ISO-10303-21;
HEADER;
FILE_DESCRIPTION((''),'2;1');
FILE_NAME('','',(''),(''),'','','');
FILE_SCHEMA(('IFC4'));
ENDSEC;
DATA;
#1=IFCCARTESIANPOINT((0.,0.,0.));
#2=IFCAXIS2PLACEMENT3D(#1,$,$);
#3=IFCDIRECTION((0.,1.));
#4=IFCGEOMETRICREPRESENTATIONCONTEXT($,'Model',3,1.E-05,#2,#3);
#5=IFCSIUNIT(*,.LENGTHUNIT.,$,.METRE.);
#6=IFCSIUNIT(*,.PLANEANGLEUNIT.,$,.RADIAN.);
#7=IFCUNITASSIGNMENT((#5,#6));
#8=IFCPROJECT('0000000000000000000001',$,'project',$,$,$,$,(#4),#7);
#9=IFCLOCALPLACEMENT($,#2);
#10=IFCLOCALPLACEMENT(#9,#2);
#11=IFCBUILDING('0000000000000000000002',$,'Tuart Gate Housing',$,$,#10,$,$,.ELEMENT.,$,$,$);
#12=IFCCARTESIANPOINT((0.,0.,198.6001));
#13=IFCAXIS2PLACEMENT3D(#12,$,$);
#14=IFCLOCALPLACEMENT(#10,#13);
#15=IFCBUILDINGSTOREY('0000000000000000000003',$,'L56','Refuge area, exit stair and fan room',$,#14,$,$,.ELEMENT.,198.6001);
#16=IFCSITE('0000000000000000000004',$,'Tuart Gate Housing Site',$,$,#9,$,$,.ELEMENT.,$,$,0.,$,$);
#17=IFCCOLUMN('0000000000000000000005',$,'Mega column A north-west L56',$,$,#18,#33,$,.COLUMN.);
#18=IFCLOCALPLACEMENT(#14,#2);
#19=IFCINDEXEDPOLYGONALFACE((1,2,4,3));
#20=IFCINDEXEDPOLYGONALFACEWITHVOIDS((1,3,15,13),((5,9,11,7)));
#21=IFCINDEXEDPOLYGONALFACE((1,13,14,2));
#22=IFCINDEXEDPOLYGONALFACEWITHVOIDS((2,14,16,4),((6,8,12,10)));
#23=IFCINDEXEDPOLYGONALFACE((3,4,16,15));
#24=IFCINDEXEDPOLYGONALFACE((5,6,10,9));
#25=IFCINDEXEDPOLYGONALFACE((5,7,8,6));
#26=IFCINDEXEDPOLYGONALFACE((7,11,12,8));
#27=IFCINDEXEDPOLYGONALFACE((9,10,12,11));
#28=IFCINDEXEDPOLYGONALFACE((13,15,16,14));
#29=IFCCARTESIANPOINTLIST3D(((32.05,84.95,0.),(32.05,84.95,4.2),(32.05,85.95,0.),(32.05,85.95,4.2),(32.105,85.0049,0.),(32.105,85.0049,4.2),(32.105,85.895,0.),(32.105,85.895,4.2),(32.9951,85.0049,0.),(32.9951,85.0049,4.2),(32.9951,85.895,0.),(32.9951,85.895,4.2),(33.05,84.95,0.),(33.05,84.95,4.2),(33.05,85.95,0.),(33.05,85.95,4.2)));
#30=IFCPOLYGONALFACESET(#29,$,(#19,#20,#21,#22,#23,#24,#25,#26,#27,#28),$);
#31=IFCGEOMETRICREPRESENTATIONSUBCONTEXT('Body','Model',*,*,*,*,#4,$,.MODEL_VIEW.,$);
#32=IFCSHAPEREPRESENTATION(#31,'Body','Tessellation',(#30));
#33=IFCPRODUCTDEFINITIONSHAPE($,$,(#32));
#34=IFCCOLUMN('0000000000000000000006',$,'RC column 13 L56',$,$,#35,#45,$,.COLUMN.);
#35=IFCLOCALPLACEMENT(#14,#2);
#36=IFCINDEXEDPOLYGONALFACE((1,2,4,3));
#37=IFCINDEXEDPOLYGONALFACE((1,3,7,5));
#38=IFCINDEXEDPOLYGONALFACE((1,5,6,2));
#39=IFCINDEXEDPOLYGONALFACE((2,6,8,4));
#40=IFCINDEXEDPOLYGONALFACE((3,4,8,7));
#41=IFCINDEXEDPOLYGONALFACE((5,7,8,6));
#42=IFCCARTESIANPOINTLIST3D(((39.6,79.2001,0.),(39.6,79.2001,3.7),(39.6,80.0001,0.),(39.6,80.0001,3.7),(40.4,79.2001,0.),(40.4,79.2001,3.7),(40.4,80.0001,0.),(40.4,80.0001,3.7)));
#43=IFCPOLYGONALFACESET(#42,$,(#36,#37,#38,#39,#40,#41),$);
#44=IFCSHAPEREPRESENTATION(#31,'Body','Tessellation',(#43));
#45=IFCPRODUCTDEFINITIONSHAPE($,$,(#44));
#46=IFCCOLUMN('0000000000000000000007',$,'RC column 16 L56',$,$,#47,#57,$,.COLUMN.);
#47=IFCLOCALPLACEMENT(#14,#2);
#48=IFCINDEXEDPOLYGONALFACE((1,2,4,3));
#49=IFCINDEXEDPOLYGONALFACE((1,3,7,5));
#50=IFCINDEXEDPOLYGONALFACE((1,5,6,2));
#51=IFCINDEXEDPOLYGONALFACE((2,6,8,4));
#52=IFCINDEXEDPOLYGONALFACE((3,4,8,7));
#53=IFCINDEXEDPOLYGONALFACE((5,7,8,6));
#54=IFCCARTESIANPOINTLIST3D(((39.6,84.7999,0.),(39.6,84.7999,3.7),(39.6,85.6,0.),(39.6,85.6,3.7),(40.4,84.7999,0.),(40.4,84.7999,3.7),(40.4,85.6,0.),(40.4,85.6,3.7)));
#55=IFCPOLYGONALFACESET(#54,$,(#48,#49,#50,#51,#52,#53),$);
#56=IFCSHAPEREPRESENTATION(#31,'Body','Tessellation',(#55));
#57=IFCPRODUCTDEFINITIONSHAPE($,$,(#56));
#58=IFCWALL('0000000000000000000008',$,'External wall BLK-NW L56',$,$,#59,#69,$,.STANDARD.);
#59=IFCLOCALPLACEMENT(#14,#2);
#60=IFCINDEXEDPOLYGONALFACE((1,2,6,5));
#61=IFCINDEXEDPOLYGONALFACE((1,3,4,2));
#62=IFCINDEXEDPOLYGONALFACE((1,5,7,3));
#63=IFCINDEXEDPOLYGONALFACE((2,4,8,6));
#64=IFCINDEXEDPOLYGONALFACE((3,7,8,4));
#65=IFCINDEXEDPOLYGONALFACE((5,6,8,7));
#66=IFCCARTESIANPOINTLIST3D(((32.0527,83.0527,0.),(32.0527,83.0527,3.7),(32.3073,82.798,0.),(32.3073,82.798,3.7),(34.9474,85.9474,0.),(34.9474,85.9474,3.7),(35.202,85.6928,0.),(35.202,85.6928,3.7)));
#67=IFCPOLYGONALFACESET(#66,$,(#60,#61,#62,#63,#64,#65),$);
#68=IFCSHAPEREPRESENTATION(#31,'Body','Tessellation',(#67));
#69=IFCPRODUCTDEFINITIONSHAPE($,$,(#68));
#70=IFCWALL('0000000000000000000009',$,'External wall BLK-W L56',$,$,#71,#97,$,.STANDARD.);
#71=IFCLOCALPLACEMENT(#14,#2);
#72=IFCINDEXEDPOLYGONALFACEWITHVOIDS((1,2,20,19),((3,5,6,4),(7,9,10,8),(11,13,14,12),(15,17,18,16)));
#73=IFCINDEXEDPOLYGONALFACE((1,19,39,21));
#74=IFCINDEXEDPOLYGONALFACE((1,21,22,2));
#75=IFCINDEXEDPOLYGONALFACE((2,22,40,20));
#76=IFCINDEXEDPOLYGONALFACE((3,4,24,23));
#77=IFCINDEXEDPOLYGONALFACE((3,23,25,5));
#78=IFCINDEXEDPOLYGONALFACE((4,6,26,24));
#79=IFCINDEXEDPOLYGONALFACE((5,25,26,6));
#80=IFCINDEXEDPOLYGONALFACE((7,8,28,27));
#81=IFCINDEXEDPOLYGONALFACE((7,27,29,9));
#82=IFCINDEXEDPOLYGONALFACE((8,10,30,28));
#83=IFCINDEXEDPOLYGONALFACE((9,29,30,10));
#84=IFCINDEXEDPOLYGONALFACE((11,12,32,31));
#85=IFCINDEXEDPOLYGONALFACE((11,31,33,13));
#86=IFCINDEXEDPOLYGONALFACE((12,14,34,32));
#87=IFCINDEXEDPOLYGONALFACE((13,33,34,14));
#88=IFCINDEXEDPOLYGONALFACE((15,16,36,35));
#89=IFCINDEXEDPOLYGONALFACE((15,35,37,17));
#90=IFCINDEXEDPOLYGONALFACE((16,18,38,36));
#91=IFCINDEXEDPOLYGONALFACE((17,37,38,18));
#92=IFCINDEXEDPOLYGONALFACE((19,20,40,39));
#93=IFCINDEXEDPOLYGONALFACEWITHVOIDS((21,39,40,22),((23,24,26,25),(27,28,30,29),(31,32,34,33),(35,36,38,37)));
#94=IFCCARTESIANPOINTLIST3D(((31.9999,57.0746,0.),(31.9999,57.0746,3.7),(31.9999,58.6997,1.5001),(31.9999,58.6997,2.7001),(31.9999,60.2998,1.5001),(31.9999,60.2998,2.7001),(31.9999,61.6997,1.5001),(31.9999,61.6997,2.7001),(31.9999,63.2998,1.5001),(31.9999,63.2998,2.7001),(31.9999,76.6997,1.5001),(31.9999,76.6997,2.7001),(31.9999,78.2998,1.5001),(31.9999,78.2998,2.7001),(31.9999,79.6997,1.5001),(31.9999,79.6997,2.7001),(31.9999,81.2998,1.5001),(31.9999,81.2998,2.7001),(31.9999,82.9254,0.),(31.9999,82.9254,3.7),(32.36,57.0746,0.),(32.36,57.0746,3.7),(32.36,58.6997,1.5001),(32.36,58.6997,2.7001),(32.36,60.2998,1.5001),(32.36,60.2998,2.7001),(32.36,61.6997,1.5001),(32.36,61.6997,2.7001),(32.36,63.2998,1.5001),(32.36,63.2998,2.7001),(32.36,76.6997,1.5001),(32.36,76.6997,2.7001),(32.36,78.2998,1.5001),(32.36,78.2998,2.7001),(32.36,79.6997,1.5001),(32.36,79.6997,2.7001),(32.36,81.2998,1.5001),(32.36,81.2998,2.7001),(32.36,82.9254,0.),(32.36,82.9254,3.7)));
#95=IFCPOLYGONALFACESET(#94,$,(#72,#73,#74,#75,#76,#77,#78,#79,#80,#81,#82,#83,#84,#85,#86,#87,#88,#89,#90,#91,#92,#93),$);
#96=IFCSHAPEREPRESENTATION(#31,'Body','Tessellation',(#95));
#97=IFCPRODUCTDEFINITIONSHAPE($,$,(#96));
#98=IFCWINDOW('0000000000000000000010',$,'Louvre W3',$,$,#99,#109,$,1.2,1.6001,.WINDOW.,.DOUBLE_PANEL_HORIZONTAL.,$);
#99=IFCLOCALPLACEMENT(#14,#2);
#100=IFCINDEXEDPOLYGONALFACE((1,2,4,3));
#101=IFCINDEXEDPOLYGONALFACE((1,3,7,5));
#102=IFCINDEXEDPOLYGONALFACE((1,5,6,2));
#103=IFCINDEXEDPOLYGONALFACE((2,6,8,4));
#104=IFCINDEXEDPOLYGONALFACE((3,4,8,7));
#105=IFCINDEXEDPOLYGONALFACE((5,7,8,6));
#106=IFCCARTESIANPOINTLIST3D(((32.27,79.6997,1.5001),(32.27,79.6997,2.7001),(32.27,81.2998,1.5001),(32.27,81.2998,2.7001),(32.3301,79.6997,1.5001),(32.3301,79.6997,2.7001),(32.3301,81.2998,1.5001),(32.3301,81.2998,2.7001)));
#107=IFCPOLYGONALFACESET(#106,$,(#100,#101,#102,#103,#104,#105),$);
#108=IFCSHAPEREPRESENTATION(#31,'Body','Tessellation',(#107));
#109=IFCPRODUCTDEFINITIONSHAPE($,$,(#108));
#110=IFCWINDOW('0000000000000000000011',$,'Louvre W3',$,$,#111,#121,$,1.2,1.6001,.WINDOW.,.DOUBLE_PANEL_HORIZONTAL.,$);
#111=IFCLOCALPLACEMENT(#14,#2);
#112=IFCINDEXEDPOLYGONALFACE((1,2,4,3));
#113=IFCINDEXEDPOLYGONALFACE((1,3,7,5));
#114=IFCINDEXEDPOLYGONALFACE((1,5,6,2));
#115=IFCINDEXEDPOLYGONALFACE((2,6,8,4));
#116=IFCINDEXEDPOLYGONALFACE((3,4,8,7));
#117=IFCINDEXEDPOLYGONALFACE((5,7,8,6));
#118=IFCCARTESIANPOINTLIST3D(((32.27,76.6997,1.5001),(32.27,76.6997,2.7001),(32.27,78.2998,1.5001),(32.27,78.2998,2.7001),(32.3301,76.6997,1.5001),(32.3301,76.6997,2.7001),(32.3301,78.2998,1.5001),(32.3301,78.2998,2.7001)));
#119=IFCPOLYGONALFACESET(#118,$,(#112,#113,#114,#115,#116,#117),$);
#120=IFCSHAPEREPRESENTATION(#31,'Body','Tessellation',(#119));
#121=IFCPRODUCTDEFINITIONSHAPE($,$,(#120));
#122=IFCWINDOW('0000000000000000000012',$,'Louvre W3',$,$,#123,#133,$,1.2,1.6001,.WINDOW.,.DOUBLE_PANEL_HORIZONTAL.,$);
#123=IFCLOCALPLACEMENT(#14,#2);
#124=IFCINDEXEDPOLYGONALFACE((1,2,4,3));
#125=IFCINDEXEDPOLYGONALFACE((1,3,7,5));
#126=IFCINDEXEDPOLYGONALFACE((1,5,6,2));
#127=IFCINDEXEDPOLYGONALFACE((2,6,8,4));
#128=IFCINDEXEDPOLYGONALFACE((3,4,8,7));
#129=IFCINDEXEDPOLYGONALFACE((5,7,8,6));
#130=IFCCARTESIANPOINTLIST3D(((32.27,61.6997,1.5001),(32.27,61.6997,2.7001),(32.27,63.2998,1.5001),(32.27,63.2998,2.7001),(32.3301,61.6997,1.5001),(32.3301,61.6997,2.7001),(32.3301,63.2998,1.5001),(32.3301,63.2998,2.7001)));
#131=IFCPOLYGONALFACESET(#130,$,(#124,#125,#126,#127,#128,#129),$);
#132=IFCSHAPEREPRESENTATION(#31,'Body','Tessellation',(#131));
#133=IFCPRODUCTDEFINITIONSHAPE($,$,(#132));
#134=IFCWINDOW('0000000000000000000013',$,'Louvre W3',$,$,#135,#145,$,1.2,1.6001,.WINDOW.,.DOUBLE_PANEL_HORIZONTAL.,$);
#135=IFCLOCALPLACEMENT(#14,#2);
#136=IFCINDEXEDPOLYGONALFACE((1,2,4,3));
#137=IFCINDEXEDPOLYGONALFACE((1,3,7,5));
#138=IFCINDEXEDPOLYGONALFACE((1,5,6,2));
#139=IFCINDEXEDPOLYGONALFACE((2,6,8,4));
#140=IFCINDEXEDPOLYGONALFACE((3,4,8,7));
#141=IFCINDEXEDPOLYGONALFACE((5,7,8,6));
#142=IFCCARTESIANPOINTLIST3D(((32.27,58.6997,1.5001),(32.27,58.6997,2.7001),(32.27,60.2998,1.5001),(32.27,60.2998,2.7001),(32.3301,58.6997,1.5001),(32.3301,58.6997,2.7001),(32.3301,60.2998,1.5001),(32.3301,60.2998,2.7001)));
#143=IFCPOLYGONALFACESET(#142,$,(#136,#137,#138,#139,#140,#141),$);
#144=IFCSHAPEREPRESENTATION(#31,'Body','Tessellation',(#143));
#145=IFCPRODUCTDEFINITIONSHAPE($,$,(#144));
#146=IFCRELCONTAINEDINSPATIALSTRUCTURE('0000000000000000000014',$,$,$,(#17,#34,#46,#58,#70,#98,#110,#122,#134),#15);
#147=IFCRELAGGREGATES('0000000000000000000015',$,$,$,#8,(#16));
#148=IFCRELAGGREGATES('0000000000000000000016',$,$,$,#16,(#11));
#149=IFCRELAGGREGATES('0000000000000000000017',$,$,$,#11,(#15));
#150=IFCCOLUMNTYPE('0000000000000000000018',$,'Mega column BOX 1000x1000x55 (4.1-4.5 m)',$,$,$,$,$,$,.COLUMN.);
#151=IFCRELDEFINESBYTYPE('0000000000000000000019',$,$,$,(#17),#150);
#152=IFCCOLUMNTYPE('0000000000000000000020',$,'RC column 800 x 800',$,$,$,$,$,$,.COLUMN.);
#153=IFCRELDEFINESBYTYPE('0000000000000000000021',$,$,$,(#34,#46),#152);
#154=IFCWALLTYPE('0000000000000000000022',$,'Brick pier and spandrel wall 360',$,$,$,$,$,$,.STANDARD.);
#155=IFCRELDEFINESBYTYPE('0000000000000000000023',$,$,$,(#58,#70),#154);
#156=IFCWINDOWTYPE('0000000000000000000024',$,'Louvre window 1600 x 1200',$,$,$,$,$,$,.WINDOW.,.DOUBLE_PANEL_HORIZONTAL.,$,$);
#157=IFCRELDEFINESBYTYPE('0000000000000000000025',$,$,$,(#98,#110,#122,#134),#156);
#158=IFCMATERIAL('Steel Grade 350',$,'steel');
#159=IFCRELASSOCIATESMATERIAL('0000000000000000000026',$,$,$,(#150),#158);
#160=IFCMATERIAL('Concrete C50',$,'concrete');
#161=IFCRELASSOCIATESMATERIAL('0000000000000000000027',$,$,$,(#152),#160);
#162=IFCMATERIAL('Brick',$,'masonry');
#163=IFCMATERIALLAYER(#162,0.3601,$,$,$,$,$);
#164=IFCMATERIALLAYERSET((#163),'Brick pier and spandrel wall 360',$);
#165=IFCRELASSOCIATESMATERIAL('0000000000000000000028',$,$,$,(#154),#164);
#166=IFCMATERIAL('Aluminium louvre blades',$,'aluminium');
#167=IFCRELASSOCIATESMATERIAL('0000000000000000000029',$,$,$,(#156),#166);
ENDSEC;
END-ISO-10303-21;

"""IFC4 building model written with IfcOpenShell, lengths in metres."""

from ifc_helpers import new_model, si_unit, direction, frame, frame_2d, origin, origin_2d, place, context, subcontext, project, spatial, rectangle, hollow_rectangle, extrude, material, layer, layer_set, material_profile, profile_set, type_object, element, fill, save


model = new_model("IFC4")

# Units and contexts
model_context = context("Model", 3, precision=1e-05, world=origin(), true_north=direction((0.0, 1.0)))
body_context = subcontext(model_context, "Body", "Model", "MODEL_VIEW")
ifc_project = project(units=[si_unit("LENGTHUNIT", "METRE"), si_unit("PLANEANGLEUNIT", "RADIAN")], contexts=[model_context])

# Site, building, storey
site_placement = place(None, origin())
site = spatial("IfcSite", under=ifc_project, at=site_placement, Name="Tuart Gate Housing Site", CompositionType="ELEMENT", RefElevation=0.0)
building_placement = place(site_placement, origin())
building = spatial("IfcBuilding", under=site, at=building_placement, Name="Tuart Gate Housing", CompositionType="ELEMENT")
storey_placement = place(building_placement, frame((0.0, 0.0, 198.6001)))
storey = spatial("IfcBuildingStorey", under=building, at=storey_placement, Name="L56", Description="Refuge area, exit stair and fan room", CompositionType="ELEMENT", Elevation=198.6001)

# Columns
ifc_material_1 = material(Name="Steel Grade 350", Category="steel")
ifc_material_profile_1 = material_profile(ifc_material_1, hollow_rectangle(XDim=1.0, YDim=1.0, WallThickness=0.0549, at=origin_2d()), Name="BOX 1000x1000x55")
ifc_profile_set_1 = profile_set([ifc_material_profile_1], Name="Steel Grade 350")
column_type_1 = type_object("IfcColumnType", Name="Mega column BOX 1000x1000x55 (4.1-4.5 m)", PredefinedType="COLUMN", material=ifc_profile_set_1)
column_placement = place(storey_placement, frame((32.55, 85.45, 0.0), z_axis=(0.0, 0.0, 1.0), x_axis=(1.0, 0.0, 0.0)))
element("IfcColumn", 1, at=column_placement, inside=storey, type_object=column_type_1, Name="Mega column A north-west L56", PredefinedType="COLUMN", context=body_context, shape_type="SweptSolid", body=[
    extrude(hollow_rectangle(XDim=1.0, YDim=1.0, WallThickness=0.0549, at=origin_2d()), origin(), (0.0, 0.0, 1.0), 4.2),
])
ifc_material_2 = material(Name="Concrete C50", Category="concrete")
ifc_material_profile_2 = material_profile(ifc_material_2, rectangle(XDim=0.8, YDim=0.8, at=origin_2d()), Name="RC column 800 x 800")
ifc_profile_set_2 = profile_set([ifc_material_profile_2], Name="Concrete C50")
column_type_2 = type_object("IfcColumnType", Name="RC column 800 x 800", PredefinedType="COLUMN", material=ifc_profile_set_2)
for number, where, z_axis, x_axis, name in (
    (2, (40.0, 79.6001, 0.0), (0.0, 0.0, 1.0), (1.0, 0.0, 0.0), "RC column 13 L56"),
    (3, (40.0, 85.2, 0.0), (0.0, 0.0, 1.0), (1.0, 0.0, 0.0), "RC column 16 L56"),
):
    element("IfcColumn", number, at=place(storey_placement, frame(where, z_axis=z_axis, x_axis=x_axis)), inside=storey, type_object=column_type_2, Name=name, PredefinedType="COLUMN", context=body_context, shape_type="SweptSolid", body=[
        extrude(rectangle(XDim=0.8, YDim=0.8, at=origin_2d()), origin(), (0.0, 0.0, 1.0), 3.7),
    ])

# Wall
ifc_material_3 = material(Name="Brick", Category="masonry")
ifc_layer_1 = layer(ifc_material_3, 0.3601)
ifc_layer_set_1 = layer_set([ifc_layer_1], Name="Brick pier and spandrel wall 360")
wall_type_1 = type_object("IfcWallType", Name="Brick pier and spandrel wall 360", PredefinedType="STANDARD", material=ifc_layer_set_1)
wall_1_placement = place(storey_placement, frame((35.0747, 85.8201, 0.0), z_axis=(0.0, 0.0, 1.0), x_axis=(-0.707107, -0.707107, 0.0)))
element("IfcWall", 4, at=wall_1_placement, inside=storey, type_object=wall_type_1, Name="External wall BLK-NW L56", PredefinedType="STANDARD", context=body_context, shape_type="SweptSolid", body=[
    extrude(rectangle(XDim=4.0938, YDim=0.3601, at=frame_2d((2.0469, 0.0))), origin(), (0.0, 0.0, 1.0), 3.7),
])

# Wall, openings, windows
wall_2_placement = place(storey_placement, frame((32.1799, 82.9253, 0.0), z_axis=(0.0, 0.0, 1.0), x_axis=(0.0, -1.0, 0.0)))
wall_2 = element("IfcWall", 5, at=wall_2_placement, inside=storey, type_object=wall_type_1, Name="External wall BLK-W L56", PredefinedType="STANDARD", context=body_context, shape_type="SweptSolid", body=[
    extrude(rectangle(XDim=25.8508, YDim=0.3601, at=frame_2d((12.9253, 0.0))), origin(), (0.0, 0.0, 1.0), 3.7),
])
opening_1_placement = place(wall_2_placement, frame((1.6255, 0.0, 1.5)))
opening_1 = element("IfcOpeningElement", 6, at=opening_1_placement, cuts=wall_2, PredefinedType="OPENING", context=body_context, shape_type="SweptSolid", body=[
    extrude(rectangle(XDim=1.6001, YDim=1.2, at=frame_2d((0.8, 0.6001))), frame((0.0, 0.1899, 0.0), z_axis=(0.0, -1.0, 0.0), x_axis=(1.0, 0.0, 0.0)), (0.0, 0.0, 1.0), 0.3801),
])
opening_2_placement = place(wall_2_placement, frame((4.6255, 0.0, 1.5)))
opening_2 = element("IfcOpeningElement", 7, at=opening_2_placement, cuts=wall_2, PredefinedType="OPENING", context=body_context, shape_type="SweptSolid", body=[
    extrude(rectangle(XDim=1.6001, YDim=1.2, at=frame_2d((0.8, 0.6001))), frame((0.0, 0.1899, 0.0), z_axis=(0.0, -1.0, 0.0), x_axis=(1.0, 0.0, 0.0)), (0.0, 0.0, 1.0), 0.3801),
])
opening_3_placement = place(wall_2_placement, frame((19.6255, 0.0, 1.5)))
opening_3 = element("IfcOpeningElement", 8, at=opening_3_placement, cuts=wall_2, PredefinedType="OPENING", context=body_context, shape_type="SweptSolid", body=[
    extrude(rectangle(XDim=1.6001, YDim=1.2, at=frame_2d((0.8, 0.6001))), frame((0.0, 0.1899, 0.0), z_axis=(0.0, -1.0, 0.0), x_axis=(1.0, 0.0, 0.0)), (0.0, 0.0, 1.0), 0.3801),
])
opening_4_placement = place(wall_2_placement, frame((22.6255, 0.0, 1.5)))
opening_4 = element("IfcOpeningElement", 9, at=opening_4_placement, cuts=wall_2, PredefinedType="OPENING", context=body_context, shape_type="SweptSolid", body=[
    extrude(rectangle(XDim=1.6001, YDim=1.2, at=frame_2d((0.8, 0.6001))), frame((0.0, 0.1899, 0.0), z_axis=(0.0, -1.0, 0.0), x_axis=(1.0, 0.0, 0.0)), (0.0, 0.0, 1.0), 0.3801),
])
ifc_material_4 = material(Name="Aluminium louvre blades", Category="aluminium")
window_type = type_object("IfcWindowType", Name="Louvre window 1600 x 1200", PartitioningType="DOUBLE_PANEL_HORIZONTAL", PredefinedType="WINDOW", material=ifc_material_4)
window_1_placement = place(opening_1_placement, origin())
window_1 = element("IfcWindow", 10, at=window_1_placement, inside=storey, type_object=window_type, Name="Louvre W3", OverallHeight=1.2, OverallWidth=1.6001, PartitioningType="DOUBLE_PANEL_HORIZONTAL", PredefinedType="WINDOW", context=body_context, shape_type="SweptSolid", body=[
    extrude(rectangle(XDim=1.6001, YDim=1.2, at=frame_2d((0.8, 0.6001))), frame((0.0, 0.1501, 0.0), z_axis=(0.0, -1.0, 0.0), x_axis=(1.0, 0.0, 0.0)), (0.0, 0.0, 1.0), 0.0601),
])
fill(opening_1, window_1)
window_2_placement = place(opening_2_placement, origin())
window_2 = element("IfcWindow", 11, at=window_2_placement, inside=storey, type_object=window_type, Name="Louvre W3", OverallHeight=1.2, OverallWidth=1.6001, PartitioningType="DOUBLE_PANEL_HORIZONTAL", PredefinedType="WINDOW", context=body_context, shape_type="SweptSolid", body=[
    extrude(rectangle(XDim=1.6001, YDim=1.2, at=frame_2d((0.8, 0.6001))), frame((0.0, 0.1501, 0.0), z_axis=(0.0, -1.0, 0.0), x_axis=(1.0, 0.0, 0.0)), (0.0, 0.0, 1.0), 0.0601),
])
fill(opening_2, window_2)
window_3_placement = place(opening_3_placement, origin())
window_3 = element("IfcWindow", 12, at=window_3_placement, inside=storey, type_object=window_type, Name="Louvre W3", OverallHeight=1.2, OverallWidth=1.6001, PartitioningType="DOUBLE_PANEL_HORIZONTAL", PredefinedType="WINDOW", context=body_context, shape_type="SweptSolid", body=[
    extrude(rectangle(XDim=1.6001, YDim=1.2, at=frame_2d((0.8, 0.6001))), frame((0.0, 0.1501, 0.0), z_axis=(0.0, -1.0, 0.0), x_axis=(1.0, 0.0, 0.0)), (0.0, 0.0, 1.0), 0.0601),
])
fill(opening_3, window_3)
window_4_placement = place(opening_4_placement, origin())
window_4 = element("IfcWindow", 13, at=window_4_placement, inside=storey, type_object=window_type, Name="Louvre W3", OverallHeight=1.2, OverallWidth=1.6001, PartitioningType="DOUBLE_PANEL_HORIZONTAL", PredefinedType="WINDOW", context=body_context, shape_type="SweptSolid", body=[
    extrude(rectangle(XDim=1.6001, YDim=1.2, at=frame_2d((0.8, 0.6001))), frame((0.0, 0.1501, 0.0), z_axis=(0.0, -1.0, 0.0), x_axis=(1.0, 0.0, 0.0)), (0.0, 0.0, 1.0), 0.0601),
])
fill(opening_4, window_4)

save(model, "model.ifc")
